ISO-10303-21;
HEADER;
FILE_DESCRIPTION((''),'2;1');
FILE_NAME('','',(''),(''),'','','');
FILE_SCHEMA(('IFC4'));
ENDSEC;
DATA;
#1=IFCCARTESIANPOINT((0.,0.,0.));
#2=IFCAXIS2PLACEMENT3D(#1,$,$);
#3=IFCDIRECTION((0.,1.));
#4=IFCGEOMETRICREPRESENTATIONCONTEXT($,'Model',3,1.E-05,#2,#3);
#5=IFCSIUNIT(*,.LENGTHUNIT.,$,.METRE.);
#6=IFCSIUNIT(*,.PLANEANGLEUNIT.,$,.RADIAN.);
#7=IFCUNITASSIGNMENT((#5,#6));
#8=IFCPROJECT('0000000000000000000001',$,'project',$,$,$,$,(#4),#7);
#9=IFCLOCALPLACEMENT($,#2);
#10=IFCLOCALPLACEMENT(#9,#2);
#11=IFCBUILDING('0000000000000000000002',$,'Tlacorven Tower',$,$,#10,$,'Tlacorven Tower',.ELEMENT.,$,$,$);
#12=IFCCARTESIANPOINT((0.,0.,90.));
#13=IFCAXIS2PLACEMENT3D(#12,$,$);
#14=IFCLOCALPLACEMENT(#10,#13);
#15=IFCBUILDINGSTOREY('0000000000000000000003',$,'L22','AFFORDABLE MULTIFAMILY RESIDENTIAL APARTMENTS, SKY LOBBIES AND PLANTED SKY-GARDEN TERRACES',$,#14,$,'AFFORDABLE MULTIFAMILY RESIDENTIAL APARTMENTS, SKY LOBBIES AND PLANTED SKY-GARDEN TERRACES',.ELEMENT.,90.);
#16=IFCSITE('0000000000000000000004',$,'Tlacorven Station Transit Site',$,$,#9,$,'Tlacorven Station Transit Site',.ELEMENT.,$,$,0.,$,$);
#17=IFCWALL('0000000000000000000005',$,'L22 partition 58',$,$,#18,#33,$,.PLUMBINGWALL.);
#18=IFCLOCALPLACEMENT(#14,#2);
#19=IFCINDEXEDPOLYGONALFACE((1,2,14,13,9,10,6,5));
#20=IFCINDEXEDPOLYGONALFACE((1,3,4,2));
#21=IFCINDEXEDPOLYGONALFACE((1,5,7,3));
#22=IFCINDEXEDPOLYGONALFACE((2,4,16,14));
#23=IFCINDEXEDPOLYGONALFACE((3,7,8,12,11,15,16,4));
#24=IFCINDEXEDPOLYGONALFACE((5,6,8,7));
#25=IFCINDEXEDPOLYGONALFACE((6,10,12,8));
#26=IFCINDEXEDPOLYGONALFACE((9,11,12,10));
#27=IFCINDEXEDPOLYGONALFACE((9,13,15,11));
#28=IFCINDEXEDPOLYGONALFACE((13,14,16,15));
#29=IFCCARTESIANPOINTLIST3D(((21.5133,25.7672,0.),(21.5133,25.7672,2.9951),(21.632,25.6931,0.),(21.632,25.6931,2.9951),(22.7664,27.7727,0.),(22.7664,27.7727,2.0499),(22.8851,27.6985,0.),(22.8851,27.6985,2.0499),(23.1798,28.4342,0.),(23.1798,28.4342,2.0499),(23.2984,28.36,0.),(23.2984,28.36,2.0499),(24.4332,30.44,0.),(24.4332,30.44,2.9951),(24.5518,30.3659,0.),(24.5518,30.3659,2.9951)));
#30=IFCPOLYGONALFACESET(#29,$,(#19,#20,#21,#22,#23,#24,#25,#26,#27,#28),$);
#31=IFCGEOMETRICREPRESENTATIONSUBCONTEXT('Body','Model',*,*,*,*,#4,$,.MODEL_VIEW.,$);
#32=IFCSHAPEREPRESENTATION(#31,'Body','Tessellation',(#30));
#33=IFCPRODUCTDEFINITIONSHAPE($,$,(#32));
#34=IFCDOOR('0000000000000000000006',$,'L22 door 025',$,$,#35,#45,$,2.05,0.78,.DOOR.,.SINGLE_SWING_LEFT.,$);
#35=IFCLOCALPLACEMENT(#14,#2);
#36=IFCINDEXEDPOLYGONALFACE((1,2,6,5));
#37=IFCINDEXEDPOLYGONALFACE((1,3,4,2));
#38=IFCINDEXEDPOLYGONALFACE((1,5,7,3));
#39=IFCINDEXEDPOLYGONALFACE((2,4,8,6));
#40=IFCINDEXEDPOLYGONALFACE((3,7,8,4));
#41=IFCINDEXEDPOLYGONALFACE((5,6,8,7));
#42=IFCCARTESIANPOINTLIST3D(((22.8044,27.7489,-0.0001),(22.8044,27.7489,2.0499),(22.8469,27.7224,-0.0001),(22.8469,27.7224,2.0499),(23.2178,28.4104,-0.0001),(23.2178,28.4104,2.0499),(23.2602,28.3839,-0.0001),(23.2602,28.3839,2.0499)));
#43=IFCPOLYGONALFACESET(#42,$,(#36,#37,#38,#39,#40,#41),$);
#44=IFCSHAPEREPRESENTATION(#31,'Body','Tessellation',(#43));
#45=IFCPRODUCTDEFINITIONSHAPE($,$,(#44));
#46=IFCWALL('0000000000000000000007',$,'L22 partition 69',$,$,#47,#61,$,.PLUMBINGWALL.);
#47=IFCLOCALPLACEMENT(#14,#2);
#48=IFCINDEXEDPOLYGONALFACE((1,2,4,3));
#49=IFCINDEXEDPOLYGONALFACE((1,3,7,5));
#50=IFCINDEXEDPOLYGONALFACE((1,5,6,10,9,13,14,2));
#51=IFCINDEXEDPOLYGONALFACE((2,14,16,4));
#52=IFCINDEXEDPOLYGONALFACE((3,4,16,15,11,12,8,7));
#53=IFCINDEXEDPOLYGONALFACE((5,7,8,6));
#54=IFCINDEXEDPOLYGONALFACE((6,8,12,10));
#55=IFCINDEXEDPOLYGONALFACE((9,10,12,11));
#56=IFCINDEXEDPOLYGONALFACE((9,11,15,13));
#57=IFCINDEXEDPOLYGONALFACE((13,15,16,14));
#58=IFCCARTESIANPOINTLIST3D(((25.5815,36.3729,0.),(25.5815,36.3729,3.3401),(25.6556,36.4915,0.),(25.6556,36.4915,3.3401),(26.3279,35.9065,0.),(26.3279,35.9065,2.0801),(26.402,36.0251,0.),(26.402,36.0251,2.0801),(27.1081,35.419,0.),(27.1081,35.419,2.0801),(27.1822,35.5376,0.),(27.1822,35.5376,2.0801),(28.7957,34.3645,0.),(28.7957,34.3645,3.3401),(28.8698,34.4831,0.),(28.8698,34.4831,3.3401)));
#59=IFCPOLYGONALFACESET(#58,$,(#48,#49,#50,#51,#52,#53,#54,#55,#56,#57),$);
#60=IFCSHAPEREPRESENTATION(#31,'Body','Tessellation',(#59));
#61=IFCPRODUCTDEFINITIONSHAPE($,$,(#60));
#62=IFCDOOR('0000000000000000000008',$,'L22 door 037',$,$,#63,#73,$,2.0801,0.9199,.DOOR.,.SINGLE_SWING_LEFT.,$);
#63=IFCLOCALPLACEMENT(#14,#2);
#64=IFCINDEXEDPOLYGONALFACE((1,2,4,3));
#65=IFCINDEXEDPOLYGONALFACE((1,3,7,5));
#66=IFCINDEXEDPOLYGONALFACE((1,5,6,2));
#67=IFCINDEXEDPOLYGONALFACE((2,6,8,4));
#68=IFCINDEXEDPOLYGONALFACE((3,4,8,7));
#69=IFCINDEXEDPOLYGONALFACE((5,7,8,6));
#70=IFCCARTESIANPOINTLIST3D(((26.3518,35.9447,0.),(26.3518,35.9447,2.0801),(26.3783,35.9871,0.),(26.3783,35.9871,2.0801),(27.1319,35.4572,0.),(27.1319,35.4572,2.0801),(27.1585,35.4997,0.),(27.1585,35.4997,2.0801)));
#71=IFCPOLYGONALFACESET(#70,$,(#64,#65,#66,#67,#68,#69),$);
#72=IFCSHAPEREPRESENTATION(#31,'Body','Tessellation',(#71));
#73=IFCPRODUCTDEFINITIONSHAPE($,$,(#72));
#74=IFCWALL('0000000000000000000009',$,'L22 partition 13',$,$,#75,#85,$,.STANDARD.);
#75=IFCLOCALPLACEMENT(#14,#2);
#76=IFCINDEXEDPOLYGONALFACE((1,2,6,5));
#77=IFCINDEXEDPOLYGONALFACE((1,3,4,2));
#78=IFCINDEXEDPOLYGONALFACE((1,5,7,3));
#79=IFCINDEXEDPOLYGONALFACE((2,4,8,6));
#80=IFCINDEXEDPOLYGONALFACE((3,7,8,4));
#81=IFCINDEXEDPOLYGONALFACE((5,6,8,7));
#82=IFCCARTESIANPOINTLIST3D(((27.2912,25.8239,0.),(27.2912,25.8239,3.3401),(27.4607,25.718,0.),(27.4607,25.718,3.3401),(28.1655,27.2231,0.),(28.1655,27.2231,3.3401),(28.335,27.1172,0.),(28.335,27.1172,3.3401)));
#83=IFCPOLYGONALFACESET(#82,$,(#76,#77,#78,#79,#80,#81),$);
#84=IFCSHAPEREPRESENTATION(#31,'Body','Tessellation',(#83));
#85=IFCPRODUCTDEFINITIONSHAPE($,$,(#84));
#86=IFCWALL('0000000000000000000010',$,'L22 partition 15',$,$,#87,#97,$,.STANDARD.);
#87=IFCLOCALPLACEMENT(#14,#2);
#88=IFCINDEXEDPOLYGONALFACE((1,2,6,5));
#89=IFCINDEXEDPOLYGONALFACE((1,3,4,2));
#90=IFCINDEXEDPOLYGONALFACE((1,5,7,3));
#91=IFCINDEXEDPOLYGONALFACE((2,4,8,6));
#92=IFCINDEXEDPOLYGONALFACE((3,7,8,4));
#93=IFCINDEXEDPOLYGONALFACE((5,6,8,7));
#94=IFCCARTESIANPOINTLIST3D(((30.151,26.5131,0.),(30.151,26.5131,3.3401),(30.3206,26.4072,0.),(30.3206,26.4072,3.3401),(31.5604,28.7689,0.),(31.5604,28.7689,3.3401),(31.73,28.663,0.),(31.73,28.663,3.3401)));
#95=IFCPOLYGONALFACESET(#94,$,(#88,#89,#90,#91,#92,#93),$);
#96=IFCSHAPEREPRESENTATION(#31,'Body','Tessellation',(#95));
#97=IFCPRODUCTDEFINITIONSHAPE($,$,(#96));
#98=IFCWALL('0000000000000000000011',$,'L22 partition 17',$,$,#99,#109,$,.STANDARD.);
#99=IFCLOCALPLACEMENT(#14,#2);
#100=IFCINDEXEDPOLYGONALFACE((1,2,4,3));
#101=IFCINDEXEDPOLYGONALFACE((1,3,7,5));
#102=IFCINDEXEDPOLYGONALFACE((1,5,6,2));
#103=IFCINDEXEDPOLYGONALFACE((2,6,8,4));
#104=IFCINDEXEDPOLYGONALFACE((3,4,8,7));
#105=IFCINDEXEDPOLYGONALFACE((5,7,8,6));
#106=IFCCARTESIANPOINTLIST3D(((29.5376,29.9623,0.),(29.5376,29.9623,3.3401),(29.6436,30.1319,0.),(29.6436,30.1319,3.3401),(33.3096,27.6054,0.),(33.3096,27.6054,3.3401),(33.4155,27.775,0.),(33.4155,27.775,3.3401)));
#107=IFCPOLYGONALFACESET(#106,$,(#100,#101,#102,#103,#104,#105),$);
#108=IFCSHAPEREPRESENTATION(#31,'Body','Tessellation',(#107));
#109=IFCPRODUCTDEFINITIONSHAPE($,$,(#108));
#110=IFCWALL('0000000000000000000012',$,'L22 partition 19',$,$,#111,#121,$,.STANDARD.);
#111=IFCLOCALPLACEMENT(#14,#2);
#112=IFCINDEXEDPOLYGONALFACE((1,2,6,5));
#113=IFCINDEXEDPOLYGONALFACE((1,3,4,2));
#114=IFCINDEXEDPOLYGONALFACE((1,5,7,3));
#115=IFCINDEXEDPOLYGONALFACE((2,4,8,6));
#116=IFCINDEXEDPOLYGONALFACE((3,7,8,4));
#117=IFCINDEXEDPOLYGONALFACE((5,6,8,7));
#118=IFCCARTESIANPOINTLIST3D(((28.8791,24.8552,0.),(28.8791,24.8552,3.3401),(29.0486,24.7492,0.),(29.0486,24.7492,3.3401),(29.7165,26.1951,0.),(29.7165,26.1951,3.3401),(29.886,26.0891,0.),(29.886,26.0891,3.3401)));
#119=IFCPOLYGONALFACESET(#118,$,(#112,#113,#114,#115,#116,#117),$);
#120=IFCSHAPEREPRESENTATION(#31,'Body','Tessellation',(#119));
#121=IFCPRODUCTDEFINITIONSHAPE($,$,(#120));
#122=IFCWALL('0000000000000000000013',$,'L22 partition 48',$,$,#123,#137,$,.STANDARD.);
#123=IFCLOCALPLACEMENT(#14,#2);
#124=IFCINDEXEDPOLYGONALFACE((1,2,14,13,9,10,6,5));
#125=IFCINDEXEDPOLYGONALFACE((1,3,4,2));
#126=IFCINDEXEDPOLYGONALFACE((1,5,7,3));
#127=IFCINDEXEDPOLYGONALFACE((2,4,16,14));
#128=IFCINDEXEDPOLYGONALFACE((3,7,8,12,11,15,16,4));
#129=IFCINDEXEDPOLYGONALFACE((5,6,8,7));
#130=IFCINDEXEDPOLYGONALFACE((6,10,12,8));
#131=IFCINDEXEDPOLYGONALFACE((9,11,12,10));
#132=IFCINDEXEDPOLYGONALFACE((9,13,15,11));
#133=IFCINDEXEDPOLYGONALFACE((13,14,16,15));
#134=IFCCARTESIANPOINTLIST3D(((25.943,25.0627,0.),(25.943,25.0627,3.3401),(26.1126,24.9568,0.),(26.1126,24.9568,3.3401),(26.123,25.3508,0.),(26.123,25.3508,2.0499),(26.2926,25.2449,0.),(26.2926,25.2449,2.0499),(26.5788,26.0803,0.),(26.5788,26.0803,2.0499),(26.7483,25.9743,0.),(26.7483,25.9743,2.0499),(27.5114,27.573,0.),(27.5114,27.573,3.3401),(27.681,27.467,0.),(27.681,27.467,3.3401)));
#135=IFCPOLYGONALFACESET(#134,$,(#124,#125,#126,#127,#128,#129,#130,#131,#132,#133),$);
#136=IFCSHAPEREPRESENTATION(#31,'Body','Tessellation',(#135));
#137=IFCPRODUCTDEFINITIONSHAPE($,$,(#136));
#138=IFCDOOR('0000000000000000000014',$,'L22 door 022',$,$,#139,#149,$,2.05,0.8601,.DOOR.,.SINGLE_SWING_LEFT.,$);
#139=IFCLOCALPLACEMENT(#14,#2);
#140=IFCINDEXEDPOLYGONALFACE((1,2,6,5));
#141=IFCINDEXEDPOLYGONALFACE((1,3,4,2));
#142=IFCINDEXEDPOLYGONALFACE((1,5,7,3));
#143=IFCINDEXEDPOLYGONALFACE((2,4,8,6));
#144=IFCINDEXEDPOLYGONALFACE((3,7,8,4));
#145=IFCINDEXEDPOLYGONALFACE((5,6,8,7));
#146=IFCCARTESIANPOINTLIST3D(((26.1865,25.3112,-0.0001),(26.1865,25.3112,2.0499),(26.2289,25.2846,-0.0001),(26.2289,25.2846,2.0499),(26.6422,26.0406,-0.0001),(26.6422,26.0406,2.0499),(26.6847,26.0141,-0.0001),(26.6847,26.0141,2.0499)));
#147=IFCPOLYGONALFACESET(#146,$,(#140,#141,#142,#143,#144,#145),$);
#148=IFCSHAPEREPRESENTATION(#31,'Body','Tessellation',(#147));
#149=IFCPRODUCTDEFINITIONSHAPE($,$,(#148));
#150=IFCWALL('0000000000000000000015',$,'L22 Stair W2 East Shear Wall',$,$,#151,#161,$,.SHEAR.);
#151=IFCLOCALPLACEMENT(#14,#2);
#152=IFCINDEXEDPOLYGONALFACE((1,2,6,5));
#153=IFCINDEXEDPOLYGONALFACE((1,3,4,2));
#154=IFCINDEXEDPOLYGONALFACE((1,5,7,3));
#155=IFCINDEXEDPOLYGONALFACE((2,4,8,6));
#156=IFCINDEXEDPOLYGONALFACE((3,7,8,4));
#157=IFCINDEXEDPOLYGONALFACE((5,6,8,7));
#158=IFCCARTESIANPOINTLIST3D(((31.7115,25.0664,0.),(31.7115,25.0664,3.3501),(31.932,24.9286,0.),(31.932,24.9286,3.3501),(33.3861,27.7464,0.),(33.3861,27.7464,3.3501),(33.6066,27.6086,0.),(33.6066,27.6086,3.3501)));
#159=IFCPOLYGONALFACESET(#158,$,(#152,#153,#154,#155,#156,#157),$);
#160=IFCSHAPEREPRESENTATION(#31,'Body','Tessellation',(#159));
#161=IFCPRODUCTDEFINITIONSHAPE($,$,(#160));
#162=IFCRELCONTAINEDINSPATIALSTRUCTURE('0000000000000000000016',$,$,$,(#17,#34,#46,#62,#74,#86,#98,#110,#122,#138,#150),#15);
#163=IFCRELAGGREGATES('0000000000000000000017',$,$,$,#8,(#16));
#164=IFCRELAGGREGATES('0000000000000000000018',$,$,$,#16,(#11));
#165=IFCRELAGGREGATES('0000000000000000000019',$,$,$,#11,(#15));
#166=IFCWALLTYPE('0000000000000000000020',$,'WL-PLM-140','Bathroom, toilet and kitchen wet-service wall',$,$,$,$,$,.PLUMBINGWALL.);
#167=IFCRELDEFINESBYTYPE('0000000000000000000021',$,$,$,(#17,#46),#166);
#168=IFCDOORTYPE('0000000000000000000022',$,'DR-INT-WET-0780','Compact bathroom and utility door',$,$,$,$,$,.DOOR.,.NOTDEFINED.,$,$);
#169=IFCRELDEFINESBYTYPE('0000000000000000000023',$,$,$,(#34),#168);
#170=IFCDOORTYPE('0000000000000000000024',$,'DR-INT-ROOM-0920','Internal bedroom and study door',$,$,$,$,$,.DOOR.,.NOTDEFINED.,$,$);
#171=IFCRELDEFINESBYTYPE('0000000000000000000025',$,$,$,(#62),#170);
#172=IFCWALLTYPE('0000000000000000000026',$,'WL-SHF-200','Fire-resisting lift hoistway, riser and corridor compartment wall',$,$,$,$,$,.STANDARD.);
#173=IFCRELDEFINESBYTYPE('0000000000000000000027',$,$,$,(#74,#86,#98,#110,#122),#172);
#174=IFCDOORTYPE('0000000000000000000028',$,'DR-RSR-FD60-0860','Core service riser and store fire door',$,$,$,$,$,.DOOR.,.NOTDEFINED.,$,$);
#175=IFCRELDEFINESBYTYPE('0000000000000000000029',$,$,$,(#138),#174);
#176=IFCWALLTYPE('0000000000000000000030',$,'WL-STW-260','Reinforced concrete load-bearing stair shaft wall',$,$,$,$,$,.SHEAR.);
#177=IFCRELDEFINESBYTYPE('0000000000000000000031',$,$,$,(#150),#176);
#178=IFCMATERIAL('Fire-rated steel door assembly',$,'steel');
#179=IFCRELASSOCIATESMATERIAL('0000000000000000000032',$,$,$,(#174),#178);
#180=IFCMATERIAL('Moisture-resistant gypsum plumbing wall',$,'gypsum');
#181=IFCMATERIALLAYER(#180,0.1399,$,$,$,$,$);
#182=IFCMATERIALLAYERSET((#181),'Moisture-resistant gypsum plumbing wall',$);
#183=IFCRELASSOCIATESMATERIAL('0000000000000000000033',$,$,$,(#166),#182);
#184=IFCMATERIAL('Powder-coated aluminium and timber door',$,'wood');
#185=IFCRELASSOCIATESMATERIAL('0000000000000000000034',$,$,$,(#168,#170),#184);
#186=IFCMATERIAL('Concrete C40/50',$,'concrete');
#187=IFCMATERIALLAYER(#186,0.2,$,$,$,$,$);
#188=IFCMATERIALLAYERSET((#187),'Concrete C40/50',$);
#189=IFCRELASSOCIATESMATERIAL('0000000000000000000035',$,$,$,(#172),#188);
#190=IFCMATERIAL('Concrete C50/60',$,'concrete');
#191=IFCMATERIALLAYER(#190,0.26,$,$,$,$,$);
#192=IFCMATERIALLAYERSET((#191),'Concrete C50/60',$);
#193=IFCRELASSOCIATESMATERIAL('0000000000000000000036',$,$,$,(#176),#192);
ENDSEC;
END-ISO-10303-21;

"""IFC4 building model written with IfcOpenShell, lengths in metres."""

from ifc_helpers import new_model, si_unit, direction, frame, frame_2d, origin, place, context, subcontext, project, spatial, rectangle, extrude, source, transform, mapped, material, layer, layer_set, type_object, element, fill, save


model = new_model("IFC4")

# Units and contexts
model_context = context("Model", 3, precision=1e-05, world=origin(), true_north=direction((0.0, 1.0)))
body_context = subcontext(model_context, "Body", "Model", "MODEL_VIEW")
ifc_project = project(units=[si_unit("LENGTHUNIT", "METRE"), si_unit("PLANEANGLEUNIT", "RADIAN")], contexts=[model_context])

# Site, building, storey
site_placement = place(None, origin())
site = spatial("IfcSite", under=ifc_project, at=site_placement, Name="Tlacorven Station Transit Site", LongName="Tlacorven Station Transit Site", CompositionType="ELEMENT", RefElevation=0.0)
building_placement = place(site_placement, origin())
building = spatial("IfcBuilding", under=site, at=building_placement, Name="Tlacorven Tower", LongName="Tlacorven Tower", CompositionType="ELEMENT")
storey_placement = place(building_placement, frame((0.0, 0.0, 90.0)))
storey = spatial("IfcBuildingStorey", under=building, at=storey_placement, Name="L22", Description="AFFORDABLE MULTIFAMILY RESIDENTIAL APARTMENTS, SKY LOBBIES AND PLANTED SKY-GARDEN TERRACES", LongName="AFFORDABLE MULTIFAMILY RESIDENTIAL APARTMENTS, SKY LOBBIES AND PLANTED SKY-GARDEN TERRACES", CompositionType="ELEMENT", Elevation=90.0)

# Shared definitions
ifc_material_1 = material(Name="Fire-rated steel door assembly", Category="steel")
door_type_1 = type_object("IfcDoorType", Name="DR-RSR-FD60-0860", Description="Core service riser and store fire door", OperationType="NOTDEFINED", PredefinedType="DOOR", material=ifc_material_1)
shared_shape_1 = source(origin(), body_context, "Body", "SweptSolid", [
    extrude(rectangle(XDim=0.8601, YDim=2.05, at=frame_2d((0.4302, 1.0249))), frame((0.0, 0.0249, 0.0), z_axis=(0.0, -1.0, 0.0), x_axis=(1.0, 0.0, 0.0)), (0.0, 0.0, 1.0), 0.05),
])

# Walls, openings, doors
ifc_material_2 = material(Name="Moisture-resistant gypsum plumbing wall", Category="gypsum")
ifc_layer_1 = layer(ifc_material_2, 0.1399)
ifc_layer_set_1 = layer_set([ifc_layer_1], Name="Moisture-resistant gypsum plumbing wall")
wall_type_1 = type_object("IfcWallType", Name="WL-PLM-140", Description="Bathroom, toilet and kitchen wet-service wall", PredefinedType="PLUMBINGWALL", material=ifc_layer_set_1)
wall_1_placement = place(storey_placement, frame((24.4924, 30.4028, 0.0), z_axis=(0.0, 0.0, 1.0), x_axis=(-0.529919, -0.848048, 0.0)))
wall_1 = element("IfcWall", 1, at=wall_1_placement, inside=storey, type_object=wall_type_1, Name="L22 partition 58", PredefinedType="PLUMBINGWALL", context=body_context, shape_type="SweptSolid", body=[
    extrude(rectangle(XDim=5.51, YDim=0.1399, at=frame_2d((2.7549, 0.0))), origin(), (0.0, 0.0, 1.0), 2.9951),
])
opening_1_placement = place(wall_1_placement, frame((2.365, 0.0, 0.0)))
opening_1 = element("IfcOpeningElement", 2, at=opening_1_placement, cuts=wall_1, PredefinedType="OPENING", context=body_context, shape_type="SweptSolid", body=[
    extrude(rectangle(XDim=0.78, YDim=2.05, at=frame_2d((0.3901, 1.0249))), frame((0.0, 0.0801, 0.0), z_axis=(0.0, -1.0, 0.0), x_axis=(1.0, 0.0, 0.0)), (0.0, 0.0, 1.0), 0.1599),
])
ifc_material_3 = material(Name="Powder-coated aluminium and timber door", Category="wood")
door_type_2 = type_object("IfcDoorType", Name="DR-INT-WET-0780", Description="Compact bathroom and utility door", OperationType="NOTDEFINED", PredefinedType="DOOR", material=ifc_material_3)
shared_shape_2 = source(origin(), body_context, "Body", "SweptSolid", [
    extrude(rectangle(XDim=0.78, YDim=2.05, at=frame_2d((0.3901, 1.0249))), frame((0.0, 0.0249, 0.0), z_axis=(0.0, -1.0, 0.0), x_axis=(1.0, 0.0, 0.0)), (0.0, 0.0, 1.0), 0.05),
])
door_1_placement = place(opening_1_placement, origin())
door_1 = element("IfcDoor", 3, at=door_1_placement, inside=storey, type_object=door_type_2, Name="L22 door 025", OperationType="SINGLE_SWING_LEFT", OverallHeight=2.05, OverallWidth=0.78, PredefinedType="DOOR", context=body_context, shape_type="MappedRepresentation", body=[
    mapped(shared_shape_2, transform((0.0, 0.0, 0.0), scale=1.0)),
])
fill(opening_1, door_1)
wall_2_placement = place(storey_placement, frame((28.8328, 34.4238, 0.0), z_axis=(0.0, 0.0, 1.0), x_axis=(-0.84806, 0.529901, 0.0)))
wall_2 = element("IfcWall", 4, at=wall_2_placement, inside=storey, type_object=wall_type_1, Name="L22 partition 69", PredefinedType="PLUMBINGWALL", context=body_context, shape_type="SweptSolid", body=[
    extrude(rectangle(XDim=3.79, YDim=0.1399, at=frame_2d((1.895, 0.0))), origin(), (0.0, 0.0, 1.0), 3.3401),
])
opening_2_placement = place(wall_2_placement, frame((1.99, 0.0, 0.0)))
opening_2 = element("IfcOpeningElement", 5, at=opening_2_placement, cuts=wall_2, PredefinedType="OPENING", context=body_context, shape_type="SweptSolid", body=[
    extrude(rectangle(XDim=0.9199, YDim=2.0801, at=frame_2d((0.46, 1.04))), frame((0.0, 0.0801, 0.0), z_axis=(0.0, -1.0, 0.0), x_axis=(1.0, 0.0, 0.0)), (0.0, 0.0, 1.0), 0.1599),
])
door_type_3 = type_object("IfcDoorType", Name="DR-INT-ROOM-0920", Description="Internal bedroom and study door", OperationType="NOTDEFINED", PredefinedType="DOOR", material=ifc_material_3)
shared_shape_3 = source(origin(), body_context, "Body", "SweptSolid", [
    extrude(rectangle(XDim=0.9199, YDim=2.0801, at=frame_2d((0.46, 1.04))), frame((0.0, 0.0249, 0.0), z_axis=(0.0, -1.0, 0.0), x_axis=(1.0, 0.0, 0.0)), (0.0, 0.0, 1.0), 0.05),
])
door_2_placement = place(opening_2_placement, origin())
door_2 = element("IfcDoor", 6, at=door_2_placement, inside=storey, type_object=door_type_3, Name="L22 door 037", OperationType="SINGLE_SWING_LEFT", OverallHeight=2.0801, OverallWidth=0.9199, PredefinedType="DOOR", context=body_context, shape_type="MappedRepresentation", body=[
    mapped(shared_shape_3, transform((0.0, 0.0, 0.0), scale=1.0)),
])
fill(opening_2, door_2)

# Walls
ifc_material_4 = material(Name="Concrete C40/50", Category="concrete")
ifc_layer_2 = layer(ifc_material_4, 0.2)
ifc_layer_set_2 = layer_set([ifc_layer_2], Name="Concrete C40/50")
wall_type_2 = type_object("IfcWallType", Name="WL-SHF-200", Description="Fire-resisting lift hoistway, riser and corridor compartment wall", PredefinedType="STANDARD", material=ifc_layer_set_2)
wall_3_placement = place(storey_placement, frame((28.2502, 27.1702, 0.0), z_axis=(0.0, 0.0, 1.0), x_axis=(-0.529906, -0.848056, 0.0)))
element("IfcWall", 7, at=wall_3_placement, inside=storey, type_object=wall_type_2, Name="L22 partition 13", PredefinedType="STANDARD", context=body_context, shape_type="SweptSolid", body=[
    extrude(rectangle(XDim=1.6499, YDim=0.2, at=frame_2d((0.825, 0.0))), origin(), (0.0, 0.0, 1.0), 3.3401),
])
wall_4_placement = place(storey_placement, frame((31.6453, 28.7161, 0.0), z_axis=(0.0, 0.0, 1.0), x_axis=(-0.529867, -0.848081, 0.0)))
element("IfcWall", 8, at=wall_4_placement, inside=storey, type_object=wall_type_2, Name="L22 partition 15", PredefinedType="STANDARD", context=body_context, shape_type="SweptSolid", body=[
    extrude(rectangle(XDim=2.6599, YDim=0.2, at=frame_2d((1.3301, 0.0))), origin(), (0.0, 0.0, 1.0), 3.3401),
])
wall_5_placement = place(storey_placement, frame((33.3625, 27.6902, 0.0), z_axis=(0.0, 0.0, 1.0), x_axis=(-0.848054, 0.52991, 0.0)))
element("IfcWall", 9, at=wall_5_placement, inside=storey, type_object=wall_type_2, Name="L22 partition 17", PredefinedType="STANDARD", context=body_context, shape_type="SweptSolid", body=[
    extrude(rectangle(XDim=4.4478, YDim=0.2, at=frame_2d((2.2239, 0.0))), origin(), (0.0, 0.0, 1.0), 3.3401),
])
wall_6_placement = place(storey_placement, frame((29.8013, 26.1421, 0.0), z_axis=(0.0, 0.0, 1.0), x_axis=(-0.529999, -0.847998, 0.0)))
element("IfcWall", 10, at=wall_6_placement, inside=storey, type_object=wall_type_2, Name="L22 partition 19", PredefinedType="STANDARD", context=body_context, shape_type="SweptSolid", body=[
    extrude(rectangle(XDim=1.5801, YDim=0.2, at=frame_2d((0.79, 0.0))), origin(), (0.0, 0.0, 1.0), 3.3401),
])

# Wall, opening, door
wall_7_placement = place(storey_placement, frame((27.5962, 27.52, 0.0), z_axis=(0.0, 0.0, 1.0), x_axis=(-0.529865, -0.848082, 0.0)))
wall_7 = element("IfcWall", 11, at=wall_7_placement, inside=storey, type_object=wall_type_2, Name="L22 partition 48", PredefinedType="STANDARD", context=body_context, shape_type="SweptSolid", body=[
    extrude(rectangle(XDim=2.96, YDim=0.2, at=frame_2d((1.48, 0.0))), origin(), (0.0, 0.0, 1.0), 3.3401),
])
opening_3_placement = place(wall_7_placement, frame((1.76, 0.0, 0.0)))
opening_3 = element("IfcOpeningElement", 12, at=opening_3_placement, cuts=wall_7, PredefinedType="OPENING", context=body_context, shape_type="SweptSolid", body=[
    extrude(rectangle(XDim=0.8601, YDim=2.05, at=frame_2d((0.4302, 1.0249))), frame((0.0, 0.1099, 0.0), z_axis=(0.0, -1.0, 0.0), x_axis=(1.0, 0.0, 0.0)), (0.0, 0.0, 1.0), 0.22),
])
door_3_placement = place(opening_3_placement, origin())
door_3 = element("IfcDoor", 13, at=door_3_placement, inside=storey, type_object=door_type_1, Name="L22 door 022", OperationType="SINGLE_SWING_LEFT", OverallHeight=2.05, OverallWidth=0.8601, PredefinedType="DOOR", context=body_context, shape_type="MappedRepresentation", body=[
    mapped(shared_shape_1, transform((0.0, 0.0, 0.0), scale=1.0)),
])
fill(opening_3, door_3)

# Wall
ifc_material_5 = material(Name="Concrete C50/60", Category="concrete")
ifc_layer_3 = layer(ifc_material_5, 0.26)
ifc_layer_set_3 = layer_set([ifc_layer_3], Name="Concrete C50/60")
wall_type_3 = type_object("IfcWallType", Name="WL-STW-260", Description="Reinforced concrete load-bearing stair shaft wall", PredefinedType="SHEAR", material=ifc_layer_set_3)
wall_8_placement = place(storey_placement, frame((33.4963, 27.6775, 0.0), z_axis=(0.0, 0.0, 1.0), x_axis=(-0.529909, -0.848055, 0.0)))
element("IfcWall", 14, at=wall_8_placement, inside=storey, type_object=wall_type_3, Name="L22 Stair W2 East Shear Wall", PredefinedType="SHEAR", context=body_context, shape_type="SweptSolid", body=[
    extrude(rectangle(XDim=3.1602, YDim=0.26, at=frame_2d((1.5801, 0.0))), origin(), (0.0, 0.0, 1.0), 3.3501),
])

save(model, "model.ifc")
